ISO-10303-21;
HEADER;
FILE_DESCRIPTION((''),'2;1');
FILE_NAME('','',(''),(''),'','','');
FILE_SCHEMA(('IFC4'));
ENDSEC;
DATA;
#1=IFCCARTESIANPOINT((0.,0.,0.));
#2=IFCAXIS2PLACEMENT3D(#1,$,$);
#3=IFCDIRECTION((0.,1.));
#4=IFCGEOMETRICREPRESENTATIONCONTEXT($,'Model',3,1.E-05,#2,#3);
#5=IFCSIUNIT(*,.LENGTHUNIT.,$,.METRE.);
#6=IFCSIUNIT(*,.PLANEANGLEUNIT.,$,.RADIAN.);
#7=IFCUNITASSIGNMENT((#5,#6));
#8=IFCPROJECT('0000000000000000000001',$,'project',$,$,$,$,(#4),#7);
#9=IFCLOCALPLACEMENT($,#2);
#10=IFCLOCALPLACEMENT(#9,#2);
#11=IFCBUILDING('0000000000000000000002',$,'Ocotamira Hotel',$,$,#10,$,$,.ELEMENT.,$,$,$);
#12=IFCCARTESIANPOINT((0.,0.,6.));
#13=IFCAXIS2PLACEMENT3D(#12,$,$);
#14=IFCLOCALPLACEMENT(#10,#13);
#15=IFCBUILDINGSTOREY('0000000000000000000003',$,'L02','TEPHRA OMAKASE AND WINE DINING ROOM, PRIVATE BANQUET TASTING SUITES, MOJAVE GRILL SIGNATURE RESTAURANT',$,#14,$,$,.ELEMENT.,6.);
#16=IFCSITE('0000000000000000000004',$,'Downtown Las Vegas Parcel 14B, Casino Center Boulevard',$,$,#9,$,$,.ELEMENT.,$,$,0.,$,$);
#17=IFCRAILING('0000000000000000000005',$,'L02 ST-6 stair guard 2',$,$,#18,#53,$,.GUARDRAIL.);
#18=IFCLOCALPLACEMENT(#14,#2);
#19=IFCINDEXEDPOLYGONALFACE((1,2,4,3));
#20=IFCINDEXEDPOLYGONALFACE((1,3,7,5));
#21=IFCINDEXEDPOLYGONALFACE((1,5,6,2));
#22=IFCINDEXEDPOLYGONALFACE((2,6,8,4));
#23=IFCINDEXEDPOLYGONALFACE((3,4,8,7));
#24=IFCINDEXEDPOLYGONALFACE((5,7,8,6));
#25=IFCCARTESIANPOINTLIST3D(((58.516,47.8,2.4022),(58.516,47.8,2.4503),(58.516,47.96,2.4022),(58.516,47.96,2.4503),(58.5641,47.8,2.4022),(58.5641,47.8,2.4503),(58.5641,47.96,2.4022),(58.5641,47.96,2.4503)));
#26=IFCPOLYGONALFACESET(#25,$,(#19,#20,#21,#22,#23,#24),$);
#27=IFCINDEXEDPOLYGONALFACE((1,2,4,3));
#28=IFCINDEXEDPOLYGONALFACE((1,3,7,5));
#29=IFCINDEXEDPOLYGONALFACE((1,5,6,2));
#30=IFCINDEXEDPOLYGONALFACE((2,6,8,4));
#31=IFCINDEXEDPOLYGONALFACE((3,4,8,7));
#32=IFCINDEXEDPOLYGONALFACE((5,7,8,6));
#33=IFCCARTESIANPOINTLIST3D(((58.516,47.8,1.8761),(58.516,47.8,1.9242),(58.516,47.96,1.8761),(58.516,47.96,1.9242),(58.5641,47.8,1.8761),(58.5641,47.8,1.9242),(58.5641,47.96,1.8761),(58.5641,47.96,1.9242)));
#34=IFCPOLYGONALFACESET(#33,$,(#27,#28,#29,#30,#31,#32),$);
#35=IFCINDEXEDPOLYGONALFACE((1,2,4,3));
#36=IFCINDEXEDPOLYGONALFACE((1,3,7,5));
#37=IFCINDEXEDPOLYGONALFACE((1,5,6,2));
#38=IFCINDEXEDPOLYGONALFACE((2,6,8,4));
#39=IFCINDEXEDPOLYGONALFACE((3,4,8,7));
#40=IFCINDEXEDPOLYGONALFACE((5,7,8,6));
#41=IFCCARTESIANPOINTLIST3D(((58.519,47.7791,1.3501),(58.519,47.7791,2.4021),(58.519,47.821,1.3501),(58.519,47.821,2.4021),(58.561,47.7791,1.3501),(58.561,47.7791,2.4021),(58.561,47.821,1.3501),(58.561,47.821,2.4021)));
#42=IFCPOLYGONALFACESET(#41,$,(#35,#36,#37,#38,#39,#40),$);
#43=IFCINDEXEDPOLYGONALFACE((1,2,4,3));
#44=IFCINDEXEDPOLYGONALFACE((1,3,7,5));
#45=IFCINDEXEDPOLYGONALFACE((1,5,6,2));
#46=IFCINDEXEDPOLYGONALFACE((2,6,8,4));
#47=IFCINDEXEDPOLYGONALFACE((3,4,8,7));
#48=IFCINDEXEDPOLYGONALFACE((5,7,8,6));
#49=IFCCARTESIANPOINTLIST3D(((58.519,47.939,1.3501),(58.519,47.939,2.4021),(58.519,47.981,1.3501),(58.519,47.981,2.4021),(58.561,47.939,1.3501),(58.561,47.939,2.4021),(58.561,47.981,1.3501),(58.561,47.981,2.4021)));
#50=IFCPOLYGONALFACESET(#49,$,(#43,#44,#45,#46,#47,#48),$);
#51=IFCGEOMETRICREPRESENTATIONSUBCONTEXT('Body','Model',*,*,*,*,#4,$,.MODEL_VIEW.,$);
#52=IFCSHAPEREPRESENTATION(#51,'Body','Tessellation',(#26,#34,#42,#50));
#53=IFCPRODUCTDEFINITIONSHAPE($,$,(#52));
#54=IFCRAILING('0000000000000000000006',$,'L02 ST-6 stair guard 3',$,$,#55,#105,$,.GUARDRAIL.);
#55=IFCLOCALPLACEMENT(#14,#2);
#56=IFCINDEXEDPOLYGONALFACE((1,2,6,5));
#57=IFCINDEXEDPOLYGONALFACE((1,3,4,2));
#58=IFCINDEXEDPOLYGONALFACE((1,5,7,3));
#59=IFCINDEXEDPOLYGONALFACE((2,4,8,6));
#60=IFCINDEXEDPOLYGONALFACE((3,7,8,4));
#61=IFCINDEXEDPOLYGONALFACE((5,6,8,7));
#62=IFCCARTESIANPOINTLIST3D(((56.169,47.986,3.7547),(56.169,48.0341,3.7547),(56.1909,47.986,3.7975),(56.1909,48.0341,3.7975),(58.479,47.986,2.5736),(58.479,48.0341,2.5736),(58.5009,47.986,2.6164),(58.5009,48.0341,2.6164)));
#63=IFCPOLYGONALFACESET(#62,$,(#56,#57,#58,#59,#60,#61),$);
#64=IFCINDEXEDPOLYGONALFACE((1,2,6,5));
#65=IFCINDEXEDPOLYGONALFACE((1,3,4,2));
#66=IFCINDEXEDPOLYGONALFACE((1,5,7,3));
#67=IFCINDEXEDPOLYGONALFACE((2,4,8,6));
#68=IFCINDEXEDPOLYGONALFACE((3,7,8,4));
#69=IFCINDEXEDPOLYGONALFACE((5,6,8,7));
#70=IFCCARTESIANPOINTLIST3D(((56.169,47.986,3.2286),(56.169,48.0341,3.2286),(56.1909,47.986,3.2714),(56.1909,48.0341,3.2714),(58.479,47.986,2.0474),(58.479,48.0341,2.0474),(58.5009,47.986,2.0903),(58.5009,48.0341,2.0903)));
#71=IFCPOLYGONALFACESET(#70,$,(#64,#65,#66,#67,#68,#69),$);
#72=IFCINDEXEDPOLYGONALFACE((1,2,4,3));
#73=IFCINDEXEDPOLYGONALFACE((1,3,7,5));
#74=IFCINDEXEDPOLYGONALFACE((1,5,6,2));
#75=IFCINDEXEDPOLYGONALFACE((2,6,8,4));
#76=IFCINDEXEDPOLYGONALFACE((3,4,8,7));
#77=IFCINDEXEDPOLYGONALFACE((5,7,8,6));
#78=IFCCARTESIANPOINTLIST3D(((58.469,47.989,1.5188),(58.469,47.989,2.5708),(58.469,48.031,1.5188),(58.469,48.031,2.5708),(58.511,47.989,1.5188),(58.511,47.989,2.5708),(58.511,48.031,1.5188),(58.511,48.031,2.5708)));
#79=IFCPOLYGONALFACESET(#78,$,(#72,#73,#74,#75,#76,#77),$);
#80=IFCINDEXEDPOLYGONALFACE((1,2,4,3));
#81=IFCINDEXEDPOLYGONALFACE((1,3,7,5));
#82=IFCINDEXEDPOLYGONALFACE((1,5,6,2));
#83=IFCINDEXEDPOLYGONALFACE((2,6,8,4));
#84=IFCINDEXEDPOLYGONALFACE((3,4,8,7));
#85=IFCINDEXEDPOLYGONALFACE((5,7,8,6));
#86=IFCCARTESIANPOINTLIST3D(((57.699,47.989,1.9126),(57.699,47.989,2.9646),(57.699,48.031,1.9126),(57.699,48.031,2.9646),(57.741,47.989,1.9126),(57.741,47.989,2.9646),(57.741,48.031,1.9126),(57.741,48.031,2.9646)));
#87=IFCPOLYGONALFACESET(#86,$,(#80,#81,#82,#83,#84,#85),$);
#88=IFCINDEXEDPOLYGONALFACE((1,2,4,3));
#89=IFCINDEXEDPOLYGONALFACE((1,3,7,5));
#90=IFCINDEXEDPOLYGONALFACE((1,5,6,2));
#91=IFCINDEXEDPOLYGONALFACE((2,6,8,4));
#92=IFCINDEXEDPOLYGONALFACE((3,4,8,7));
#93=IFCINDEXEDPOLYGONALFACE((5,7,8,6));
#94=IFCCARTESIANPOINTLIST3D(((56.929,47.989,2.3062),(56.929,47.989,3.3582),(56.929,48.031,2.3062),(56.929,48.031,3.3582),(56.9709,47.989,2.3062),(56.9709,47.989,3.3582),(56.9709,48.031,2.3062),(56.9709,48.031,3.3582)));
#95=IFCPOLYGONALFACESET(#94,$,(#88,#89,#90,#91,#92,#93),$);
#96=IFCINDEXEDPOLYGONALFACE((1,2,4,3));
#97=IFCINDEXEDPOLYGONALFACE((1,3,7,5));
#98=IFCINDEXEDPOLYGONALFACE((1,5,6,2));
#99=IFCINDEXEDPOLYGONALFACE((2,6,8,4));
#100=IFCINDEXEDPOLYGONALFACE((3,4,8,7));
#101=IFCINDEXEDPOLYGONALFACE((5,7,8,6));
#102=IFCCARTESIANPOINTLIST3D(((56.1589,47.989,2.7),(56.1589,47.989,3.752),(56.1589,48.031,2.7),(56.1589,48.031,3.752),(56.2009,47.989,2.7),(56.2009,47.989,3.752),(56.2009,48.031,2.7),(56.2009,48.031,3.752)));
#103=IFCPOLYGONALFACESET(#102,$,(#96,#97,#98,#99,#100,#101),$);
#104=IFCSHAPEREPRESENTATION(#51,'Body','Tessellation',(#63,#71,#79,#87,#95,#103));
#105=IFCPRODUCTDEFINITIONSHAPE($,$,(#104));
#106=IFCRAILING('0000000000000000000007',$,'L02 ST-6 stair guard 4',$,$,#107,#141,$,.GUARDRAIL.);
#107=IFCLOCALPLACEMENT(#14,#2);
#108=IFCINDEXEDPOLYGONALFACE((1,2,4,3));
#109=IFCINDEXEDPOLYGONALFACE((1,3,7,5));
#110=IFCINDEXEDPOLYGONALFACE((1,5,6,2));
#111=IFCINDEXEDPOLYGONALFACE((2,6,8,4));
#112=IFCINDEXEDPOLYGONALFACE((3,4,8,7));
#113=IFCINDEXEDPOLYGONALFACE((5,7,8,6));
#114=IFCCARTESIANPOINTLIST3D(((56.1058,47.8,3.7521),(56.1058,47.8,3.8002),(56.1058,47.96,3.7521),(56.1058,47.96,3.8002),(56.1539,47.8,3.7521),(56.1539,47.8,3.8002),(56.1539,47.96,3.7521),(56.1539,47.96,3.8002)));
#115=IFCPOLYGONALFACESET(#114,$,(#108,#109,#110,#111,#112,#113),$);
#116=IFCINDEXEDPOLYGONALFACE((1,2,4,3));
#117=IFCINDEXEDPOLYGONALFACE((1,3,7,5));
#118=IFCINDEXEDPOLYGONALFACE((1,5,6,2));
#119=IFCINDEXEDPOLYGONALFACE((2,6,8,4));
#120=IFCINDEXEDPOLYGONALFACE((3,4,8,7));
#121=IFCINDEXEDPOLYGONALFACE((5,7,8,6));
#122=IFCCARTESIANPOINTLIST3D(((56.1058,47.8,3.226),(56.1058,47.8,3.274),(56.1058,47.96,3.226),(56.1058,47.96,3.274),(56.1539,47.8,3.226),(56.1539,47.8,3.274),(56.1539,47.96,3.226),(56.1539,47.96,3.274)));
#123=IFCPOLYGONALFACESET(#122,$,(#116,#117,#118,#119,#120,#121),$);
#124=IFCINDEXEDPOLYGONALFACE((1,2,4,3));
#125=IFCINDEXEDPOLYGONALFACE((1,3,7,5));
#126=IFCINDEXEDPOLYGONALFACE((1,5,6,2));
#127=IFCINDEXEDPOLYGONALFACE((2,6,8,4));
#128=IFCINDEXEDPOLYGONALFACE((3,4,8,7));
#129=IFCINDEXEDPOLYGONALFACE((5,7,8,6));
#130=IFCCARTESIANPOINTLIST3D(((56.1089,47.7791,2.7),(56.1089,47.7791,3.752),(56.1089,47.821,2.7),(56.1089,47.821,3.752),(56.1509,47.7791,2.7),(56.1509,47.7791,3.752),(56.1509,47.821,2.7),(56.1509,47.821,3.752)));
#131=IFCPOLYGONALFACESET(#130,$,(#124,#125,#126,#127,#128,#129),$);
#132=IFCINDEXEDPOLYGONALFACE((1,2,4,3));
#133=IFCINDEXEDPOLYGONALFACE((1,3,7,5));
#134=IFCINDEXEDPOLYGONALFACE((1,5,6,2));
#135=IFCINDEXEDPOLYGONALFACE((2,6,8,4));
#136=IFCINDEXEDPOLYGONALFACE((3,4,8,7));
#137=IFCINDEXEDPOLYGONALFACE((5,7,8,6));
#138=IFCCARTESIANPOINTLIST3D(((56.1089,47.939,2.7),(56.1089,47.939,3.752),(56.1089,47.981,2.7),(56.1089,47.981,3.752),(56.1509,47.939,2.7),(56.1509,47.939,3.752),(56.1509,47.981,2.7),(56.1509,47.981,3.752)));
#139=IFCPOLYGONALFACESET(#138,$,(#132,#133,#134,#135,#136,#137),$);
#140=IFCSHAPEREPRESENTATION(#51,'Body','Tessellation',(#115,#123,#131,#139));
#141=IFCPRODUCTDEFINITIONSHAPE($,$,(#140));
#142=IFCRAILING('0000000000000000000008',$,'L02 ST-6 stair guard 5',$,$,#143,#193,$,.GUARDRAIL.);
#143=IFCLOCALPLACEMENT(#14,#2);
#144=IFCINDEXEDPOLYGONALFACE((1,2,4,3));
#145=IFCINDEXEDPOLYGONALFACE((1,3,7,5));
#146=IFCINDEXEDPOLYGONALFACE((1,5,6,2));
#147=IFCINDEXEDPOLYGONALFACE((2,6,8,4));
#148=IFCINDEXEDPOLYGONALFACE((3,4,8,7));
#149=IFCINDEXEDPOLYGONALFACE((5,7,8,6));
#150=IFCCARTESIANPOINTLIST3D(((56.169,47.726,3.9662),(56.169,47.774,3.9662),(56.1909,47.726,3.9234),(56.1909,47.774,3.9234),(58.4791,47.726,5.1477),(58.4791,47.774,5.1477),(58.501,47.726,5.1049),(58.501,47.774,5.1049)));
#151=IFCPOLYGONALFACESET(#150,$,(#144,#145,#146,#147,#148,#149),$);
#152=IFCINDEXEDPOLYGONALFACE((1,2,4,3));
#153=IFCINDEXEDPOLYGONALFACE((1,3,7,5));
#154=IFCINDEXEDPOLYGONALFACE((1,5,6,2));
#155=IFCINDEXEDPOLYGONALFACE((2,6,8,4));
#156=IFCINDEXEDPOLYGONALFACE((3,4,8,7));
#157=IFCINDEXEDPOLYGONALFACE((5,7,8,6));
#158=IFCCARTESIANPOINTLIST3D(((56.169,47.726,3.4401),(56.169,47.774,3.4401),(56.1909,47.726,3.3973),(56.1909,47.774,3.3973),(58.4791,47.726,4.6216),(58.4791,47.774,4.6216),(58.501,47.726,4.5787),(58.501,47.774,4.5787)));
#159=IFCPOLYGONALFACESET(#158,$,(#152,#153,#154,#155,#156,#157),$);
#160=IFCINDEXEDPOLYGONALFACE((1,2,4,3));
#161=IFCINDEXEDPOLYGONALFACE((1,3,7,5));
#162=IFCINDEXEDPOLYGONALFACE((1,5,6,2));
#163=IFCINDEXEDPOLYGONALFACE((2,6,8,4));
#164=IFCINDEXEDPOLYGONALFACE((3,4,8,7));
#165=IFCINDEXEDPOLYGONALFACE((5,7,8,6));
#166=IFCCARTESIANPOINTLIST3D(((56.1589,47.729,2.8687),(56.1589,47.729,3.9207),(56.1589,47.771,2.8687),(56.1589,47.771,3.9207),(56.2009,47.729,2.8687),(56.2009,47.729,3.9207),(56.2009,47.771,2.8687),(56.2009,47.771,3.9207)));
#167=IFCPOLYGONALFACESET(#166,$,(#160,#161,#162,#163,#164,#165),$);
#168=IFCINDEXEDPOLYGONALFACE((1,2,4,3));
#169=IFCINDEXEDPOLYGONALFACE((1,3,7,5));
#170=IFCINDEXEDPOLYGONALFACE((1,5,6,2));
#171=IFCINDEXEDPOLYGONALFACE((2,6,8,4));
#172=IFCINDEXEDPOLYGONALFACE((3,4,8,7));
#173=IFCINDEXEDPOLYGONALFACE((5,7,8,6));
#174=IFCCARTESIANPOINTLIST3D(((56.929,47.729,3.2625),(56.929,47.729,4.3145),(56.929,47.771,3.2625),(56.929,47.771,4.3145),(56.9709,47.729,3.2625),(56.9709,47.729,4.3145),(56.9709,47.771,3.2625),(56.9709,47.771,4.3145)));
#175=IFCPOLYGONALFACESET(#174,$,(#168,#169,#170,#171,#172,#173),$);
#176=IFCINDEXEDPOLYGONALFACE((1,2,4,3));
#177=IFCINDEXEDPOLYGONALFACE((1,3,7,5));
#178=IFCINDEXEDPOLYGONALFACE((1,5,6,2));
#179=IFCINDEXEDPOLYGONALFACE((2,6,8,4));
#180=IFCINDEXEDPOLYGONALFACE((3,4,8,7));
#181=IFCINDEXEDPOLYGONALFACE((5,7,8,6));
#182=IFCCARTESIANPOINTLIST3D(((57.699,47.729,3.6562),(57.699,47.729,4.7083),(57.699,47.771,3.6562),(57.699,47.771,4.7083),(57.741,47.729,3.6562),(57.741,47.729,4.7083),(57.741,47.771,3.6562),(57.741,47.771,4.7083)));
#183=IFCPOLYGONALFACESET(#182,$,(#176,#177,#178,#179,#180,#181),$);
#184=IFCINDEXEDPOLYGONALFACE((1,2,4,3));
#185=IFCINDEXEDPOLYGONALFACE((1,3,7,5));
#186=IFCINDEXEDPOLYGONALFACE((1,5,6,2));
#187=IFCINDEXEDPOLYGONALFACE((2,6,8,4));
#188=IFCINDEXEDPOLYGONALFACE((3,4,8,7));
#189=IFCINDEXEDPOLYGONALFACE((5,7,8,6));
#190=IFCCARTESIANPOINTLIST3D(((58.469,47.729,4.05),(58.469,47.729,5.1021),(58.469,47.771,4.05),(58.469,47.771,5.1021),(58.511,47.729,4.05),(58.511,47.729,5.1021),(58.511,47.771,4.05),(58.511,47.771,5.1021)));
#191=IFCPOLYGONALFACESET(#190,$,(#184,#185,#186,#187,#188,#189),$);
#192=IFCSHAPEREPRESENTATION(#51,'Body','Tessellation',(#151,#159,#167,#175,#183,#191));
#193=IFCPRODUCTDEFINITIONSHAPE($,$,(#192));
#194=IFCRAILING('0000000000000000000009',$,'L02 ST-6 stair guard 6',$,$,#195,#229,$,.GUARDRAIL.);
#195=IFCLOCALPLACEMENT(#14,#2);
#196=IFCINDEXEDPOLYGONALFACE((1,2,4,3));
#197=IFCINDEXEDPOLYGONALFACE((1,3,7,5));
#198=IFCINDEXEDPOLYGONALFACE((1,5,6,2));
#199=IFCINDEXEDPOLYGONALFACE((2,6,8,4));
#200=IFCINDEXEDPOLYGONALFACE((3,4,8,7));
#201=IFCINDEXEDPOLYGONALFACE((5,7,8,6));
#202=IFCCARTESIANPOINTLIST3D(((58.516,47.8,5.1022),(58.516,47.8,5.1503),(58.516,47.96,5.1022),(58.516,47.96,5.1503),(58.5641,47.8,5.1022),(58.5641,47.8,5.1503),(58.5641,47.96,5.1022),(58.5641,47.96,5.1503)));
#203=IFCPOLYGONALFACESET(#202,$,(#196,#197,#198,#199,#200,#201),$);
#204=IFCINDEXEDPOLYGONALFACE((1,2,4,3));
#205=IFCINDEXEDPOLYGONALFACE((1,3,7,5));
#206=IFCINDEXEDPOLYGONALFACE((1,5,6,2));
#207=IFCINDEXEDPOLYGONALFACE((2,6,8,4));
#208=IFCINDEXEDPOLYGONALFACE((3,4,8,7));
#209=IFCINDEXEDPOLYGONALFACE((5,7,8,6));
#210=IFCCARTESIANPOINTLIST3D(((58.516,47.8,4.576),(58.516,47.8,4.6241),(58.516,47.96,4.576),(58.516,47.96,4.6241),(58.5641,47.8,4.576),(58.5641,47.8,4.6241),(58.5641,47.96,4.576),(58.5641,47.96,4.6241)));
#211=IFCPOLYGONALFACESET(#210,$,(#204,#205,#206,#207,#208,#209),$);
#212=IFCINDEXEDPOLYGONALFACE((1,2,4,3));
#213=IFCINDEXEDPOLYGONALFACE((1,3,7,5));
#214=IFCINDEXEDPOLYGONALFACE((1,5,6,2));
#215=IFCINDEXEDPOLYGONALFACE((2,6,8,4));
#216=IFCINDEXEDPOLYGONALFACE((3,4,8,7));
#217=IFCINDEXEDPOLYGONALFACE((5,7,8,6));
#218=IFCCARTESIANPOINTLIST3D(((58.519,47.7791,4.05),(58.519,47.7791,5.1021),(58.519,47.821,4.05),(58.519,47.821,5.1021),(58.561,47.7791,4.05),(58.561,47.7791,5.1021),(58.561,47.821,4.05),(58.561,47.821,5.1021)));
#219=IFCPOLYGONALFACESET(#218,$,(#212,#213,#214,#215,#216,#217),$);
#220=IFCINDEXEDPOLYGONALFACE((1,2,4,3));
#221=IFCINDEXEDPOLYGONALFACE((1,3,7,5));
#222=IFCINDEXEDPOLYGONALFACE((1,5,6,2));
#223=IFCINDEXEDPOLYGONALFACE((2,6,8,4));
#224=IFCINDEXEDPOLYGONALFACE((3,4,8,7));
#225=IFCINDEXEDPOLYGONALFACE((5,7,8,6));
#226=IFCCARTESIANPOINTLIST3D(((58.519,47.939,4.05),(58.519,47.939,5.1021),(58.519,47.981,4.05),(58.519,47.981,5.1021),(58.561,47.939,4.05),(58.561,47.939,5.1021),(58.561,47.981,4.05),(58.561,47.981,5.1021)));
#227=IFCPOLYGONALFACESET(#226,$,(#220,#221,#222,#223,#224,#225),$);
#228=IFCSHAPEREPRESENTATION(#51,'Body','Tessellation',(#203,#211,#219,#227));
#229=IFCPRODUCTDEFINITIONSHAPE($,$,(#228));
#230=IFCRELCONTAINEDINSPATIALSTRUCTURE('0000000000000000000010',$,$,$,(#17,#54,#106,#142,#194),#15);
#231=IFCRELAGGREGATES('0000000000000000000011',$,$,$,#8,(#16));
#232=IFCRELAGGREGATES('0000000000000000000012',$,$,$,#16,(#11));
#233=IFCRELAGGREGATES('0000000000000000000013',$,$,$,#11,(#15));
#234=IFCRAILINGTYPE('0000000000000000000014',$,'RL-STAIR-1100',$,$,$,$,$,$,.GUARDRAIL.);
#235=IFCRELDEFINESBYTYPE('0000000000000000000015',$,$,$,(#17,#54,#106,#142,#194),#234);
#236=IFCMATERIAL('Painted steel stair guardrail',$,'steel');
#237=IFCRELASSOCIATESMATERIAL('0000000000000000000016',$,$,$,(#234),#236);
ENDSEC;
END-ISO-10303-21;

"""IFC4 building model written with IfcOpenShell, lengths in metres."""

from ifc_helpers import new_model, si_unit, direction, frame, origin, origin_2d, place, context, subcontext, project, spatial, rectangle, extrude, material, type_object, element, save


model = new_model("IFC4")

# Units and contexts
model_context = context("Model", 3, precision=1e-05, world=origin(), true_north=direction((0.0, 1.0)))
body_context = subcontext(model_context, "Body", "Model", "MODEL_VIEW")
ifc_project = project(units=[si_unit("LENGTHUNIT", "METRE"), si_unit("PLANEANGLEUNIT", "RADIAN")], contexts=[model_context])

# Site, building, storey
site_placement = place(None, origin())
site = spatial("IfcSite", under=ifc_project, at=site_placement, Name="Downtown Las Vegas Parcel 14B, Casino Center Boulevard", CompositionType="ELEMENT", RefElevation=0.0)
building_placement = place(site_placement, origin())
building = spatial("IfcBuilding", under=site, at=building_placement, Name="Ocotamira Hotel", CompositionType="ELEMENT")
storey_placement = place(building_placement, frame((0.0, 0.0, 6.0)))
storey = spatial("IfcBuildingStorey", under=building, at=storey_placement, Name="L02", Description="TEPHRA OMAKASE AND WINE DINING ROOM, PRIVATE BANQUET TASTING SUITES, MOJAVE GRILL SIGNATURE RESTAURANT", CompositionType="ELEMENT", Elevation=6.0)

# Railings
ifc_material_1 = material(Name="Painted steel stair guardrail", Category="steel")
railing_type_1 = type_object("IfcRailingType", Name="RL-STAIR-1100", PredefinedType="GUARDRAIL", material=ifc_material_1)
railing_1_placement = place(storey_placement, frame((58.54, 47.8, 1.3501)))
element("IfcRailing", 1, at=railing_1_placement, inside=storey, type_object=railing_type_1, Name="L02 ST-6 stair guard 2", PredefinedType="GUARDRAIL", context=body_context, shape_type="SweptSolid", body=[
    extrude(rectangle(XDim=0.0481, YDim=0.0481, at=origin_2d()), frame((0.0, 0.0, 1.0762), z_axis=(0.0, 1.0, 0.0), x_axis=(-1.0, 0.0, 0.0)), (0.0, 0.0, 1.0), 0.1599),
    extrude(rectangle(XDim=0.0481, YDim=0.0481, at=origin_2d()), frame((0.0, 0.0, 0.55), z_axis=(0.0, 1.0, 0.0), x_axis=(-1.0, 0.0, 0.0)), (0.0, 0.0, 1.0), 0.1599),
    extrude(rectangle(XDim=0.042, YDim=0.042, at=origin_2d()), origin(), (0.0, 0.0, 1.0), 1.052),
    extrude(rectangle(XDim=0.042, YDim=0.042, at=origin_2d()), frame((0.0, 0.1599, 0.0)), (0.0, 0.0, 1.0), 1.052),
])
railing_2_placement = place(storey_placement, frame((58.49, 48.01, 1.5188)))
element("IfcRailing", 2, at=railing_2_placement, inside=storey, type_object=railing_type_1, Name="L02 ST-6 stair guard 3", PredefinedType="GUARDRAIL", context=body_context, shape_type="SweptSolid", body=[
    extrude(rectangle(XDim=0.0481, YDim=0.0481, at=origin_2d()), frame((0.0, 0.0, 1.0762), z_axis=(-0.890363, 0.0, 0.45525), x_axis=(0.0, -1.0, 0.0)), (0.0, 0.0, 1.0), 2.5945),
    extrude(rectangle(XDim=0.0481, YDim=0.0481, at=origin_2d()), frame((0.0, 0.0, 0.55), z_axis=(-0.890363, 0.0, 0.45525), x_axis=(0.0, -1.0, 0.0)), (0.0, 0.0, 1.0), 2.5945),
    extrude(rectangle(XDim=0.042, YDim=0.042, at=origin_2d()), origin(), (0.0, 0.0, 1.0), 1.052),
    extrude(rectangle(XDim=0.042, YDim=0.042, at=origin_2d()), frame((-0.77, 0.0, 0.3938)), (0.0, 0.0, 1.0), 1.052),
    extrude(rectangle(XDim=0.042, YDim=0.042, at=origin_2d()), frame((-1.54, 0.0, 0.7874)), (0.0, 0.0, 1.0), 1.052),
    extrude(rectangle(XDim=0.042, YDim=0.042, at=origin_2d()), frame((-2.3101, 0.0, 1.1812)), (0.0, 0.0, 1.0), 1.052),
])
railing_3_placement = place(storey_placement, frame((56.1299, 47.8, 2.7)))
element("IfcRailing", 3, at=railing_3_placement, inside=storey, type_object=railing_type_1, Name="L02 ST-6 stair guard 4", PredefinedType="GUARDRAIL", context=body_context, shape_type="SweptSolid", body=[
    extrude(rectangle(XDim=0.0481, YDim=0.0481, at=origin_2d()), frame((0.0, 0.0, 1.0762), z_axis=(0.0, 1.0, 0.0), x_axis=(-1.0, 0.0, 0.0)), (0.0, 0.0, 1.0), 0.1599),
    extrude(rectangle(XDim=0.0481, YDim=0.0481, at=origin_2d()), frame((0.0, 0.0, 0.55), z_axis=(0.0, 1.0, 0.0), x_axis=(-1.0, 0.0, 0.0)), (0.0, 0.0, 1.0), 0.1599),
    extrude(rectangle(XDim=0.042, YDim=0.042, at=origin_2d()), origin(), (0.0, 0.0, 1.0), 1.052),
    extrude(rectangle(XDim=0.042, YDim=0.042, at=origin_2d()), frame((0.0, 0.1599, 0.0)), (0.0, 0.0, 1.0), 1.052),
])
railing_4_placement = place(storey_placement, frame((56.1799, 47.75, 2.8687)))
element("IfcRailing", 4, at=railing_4_placement, inside=storey, type_object=railing_type_1, Name="L02 ST-6 stair guard 5", PredefinedType="GUARDRAIL", context=body_context, shape_type="SweptSolid", body=[
    extrude(rectangle(XDim=0.0481, YDim=0.0481, at=origin_2d()), frame((0.0, 0.0, 1.0762), z_axis=(0.890325, 0.0, 0.455325), x_axis=(0.0, 1.0, 0.0)), (0.0, 0.0, 1.0), 2.5947),
    extrude(rectangle(XDim=0.0481, YDim=0.0481, at=origin_2d()), frame((0.0, 0.0, 0.55), z_axis=(0.890325, 0.0, 0.455325), x_axis=(0.0, 1.0, 0.0)), (0.0, 0.0, 1.0), 2.5947),
    extrude(rectangle(XDim=0.042, YDim=0.042, at=origin_2d()), origin(), (0.0, 0.0, 1.0), 1.052),
    extrude(rectangle(XDim=0.042, YDim=0.042, at=origin_2d()), frame((0.77, 0.0, 0.3938)), (0.0, 0.0, 1.0), 1.052),
    extrude(rectangle(XDim=0.042, YDim=0.042, at=origin_2d()), frame((1.54, 0.0, 0.7876)), (0.0, 0.0, 1.0), 1.052),
    extrude(rectangle(XDim=0.042, YDim=0.042, at=origin_2d()), frame((2.3101, 0.0, 1.1814)), (0.0, 0.0, 1.0), 1.052),
])
railing_5_placement = place(storey_placement, frame((58.54, 47.8, 4.05)))
element("IfcRailing", 5, at=railing_5_placement, inside=storey, type_object=railing_type_1, Name="L02 ST-6 stair guard 6", PredefinedType="GUARDRAIL", context=body_context, shape_type="SweptSolid", body=[
    extrude(rectangle(XDim=0.0481, YDim=0.0481, at=origin_2d()), frame((0.0, 0.0, 1.0762), z_axis=(0.0, 1.0, 0.0), x_axis=(-1.0, 0.0, 0.0)), (0.0, 0.0, 1.0), 0.1599),
    extrude(rectangle(XDim=0.0481, YDim=0.0481, at=origin_2d()), frame((0.0, 0.0, 0.55), z_axis=(0.0, 1.0, 0.0), x_axis=(-1.0, 0.0, 0.0)), (0.0, 0.0, 1.0), 0.1599),
    extrude(rectangle(XDim=0.042, YDim=0.042, at=origin_2d()), origin(), (0.0, 0.0, 1.0), 1.052),
    extrude(rectangle(XDim=0.042, YDim=0.042, at=origin_2d()), frame((0.0, 0.1599, 0.0)), (0.0, 0.0, 1.0), 1.052),
])

save(model, "model.ifc")
